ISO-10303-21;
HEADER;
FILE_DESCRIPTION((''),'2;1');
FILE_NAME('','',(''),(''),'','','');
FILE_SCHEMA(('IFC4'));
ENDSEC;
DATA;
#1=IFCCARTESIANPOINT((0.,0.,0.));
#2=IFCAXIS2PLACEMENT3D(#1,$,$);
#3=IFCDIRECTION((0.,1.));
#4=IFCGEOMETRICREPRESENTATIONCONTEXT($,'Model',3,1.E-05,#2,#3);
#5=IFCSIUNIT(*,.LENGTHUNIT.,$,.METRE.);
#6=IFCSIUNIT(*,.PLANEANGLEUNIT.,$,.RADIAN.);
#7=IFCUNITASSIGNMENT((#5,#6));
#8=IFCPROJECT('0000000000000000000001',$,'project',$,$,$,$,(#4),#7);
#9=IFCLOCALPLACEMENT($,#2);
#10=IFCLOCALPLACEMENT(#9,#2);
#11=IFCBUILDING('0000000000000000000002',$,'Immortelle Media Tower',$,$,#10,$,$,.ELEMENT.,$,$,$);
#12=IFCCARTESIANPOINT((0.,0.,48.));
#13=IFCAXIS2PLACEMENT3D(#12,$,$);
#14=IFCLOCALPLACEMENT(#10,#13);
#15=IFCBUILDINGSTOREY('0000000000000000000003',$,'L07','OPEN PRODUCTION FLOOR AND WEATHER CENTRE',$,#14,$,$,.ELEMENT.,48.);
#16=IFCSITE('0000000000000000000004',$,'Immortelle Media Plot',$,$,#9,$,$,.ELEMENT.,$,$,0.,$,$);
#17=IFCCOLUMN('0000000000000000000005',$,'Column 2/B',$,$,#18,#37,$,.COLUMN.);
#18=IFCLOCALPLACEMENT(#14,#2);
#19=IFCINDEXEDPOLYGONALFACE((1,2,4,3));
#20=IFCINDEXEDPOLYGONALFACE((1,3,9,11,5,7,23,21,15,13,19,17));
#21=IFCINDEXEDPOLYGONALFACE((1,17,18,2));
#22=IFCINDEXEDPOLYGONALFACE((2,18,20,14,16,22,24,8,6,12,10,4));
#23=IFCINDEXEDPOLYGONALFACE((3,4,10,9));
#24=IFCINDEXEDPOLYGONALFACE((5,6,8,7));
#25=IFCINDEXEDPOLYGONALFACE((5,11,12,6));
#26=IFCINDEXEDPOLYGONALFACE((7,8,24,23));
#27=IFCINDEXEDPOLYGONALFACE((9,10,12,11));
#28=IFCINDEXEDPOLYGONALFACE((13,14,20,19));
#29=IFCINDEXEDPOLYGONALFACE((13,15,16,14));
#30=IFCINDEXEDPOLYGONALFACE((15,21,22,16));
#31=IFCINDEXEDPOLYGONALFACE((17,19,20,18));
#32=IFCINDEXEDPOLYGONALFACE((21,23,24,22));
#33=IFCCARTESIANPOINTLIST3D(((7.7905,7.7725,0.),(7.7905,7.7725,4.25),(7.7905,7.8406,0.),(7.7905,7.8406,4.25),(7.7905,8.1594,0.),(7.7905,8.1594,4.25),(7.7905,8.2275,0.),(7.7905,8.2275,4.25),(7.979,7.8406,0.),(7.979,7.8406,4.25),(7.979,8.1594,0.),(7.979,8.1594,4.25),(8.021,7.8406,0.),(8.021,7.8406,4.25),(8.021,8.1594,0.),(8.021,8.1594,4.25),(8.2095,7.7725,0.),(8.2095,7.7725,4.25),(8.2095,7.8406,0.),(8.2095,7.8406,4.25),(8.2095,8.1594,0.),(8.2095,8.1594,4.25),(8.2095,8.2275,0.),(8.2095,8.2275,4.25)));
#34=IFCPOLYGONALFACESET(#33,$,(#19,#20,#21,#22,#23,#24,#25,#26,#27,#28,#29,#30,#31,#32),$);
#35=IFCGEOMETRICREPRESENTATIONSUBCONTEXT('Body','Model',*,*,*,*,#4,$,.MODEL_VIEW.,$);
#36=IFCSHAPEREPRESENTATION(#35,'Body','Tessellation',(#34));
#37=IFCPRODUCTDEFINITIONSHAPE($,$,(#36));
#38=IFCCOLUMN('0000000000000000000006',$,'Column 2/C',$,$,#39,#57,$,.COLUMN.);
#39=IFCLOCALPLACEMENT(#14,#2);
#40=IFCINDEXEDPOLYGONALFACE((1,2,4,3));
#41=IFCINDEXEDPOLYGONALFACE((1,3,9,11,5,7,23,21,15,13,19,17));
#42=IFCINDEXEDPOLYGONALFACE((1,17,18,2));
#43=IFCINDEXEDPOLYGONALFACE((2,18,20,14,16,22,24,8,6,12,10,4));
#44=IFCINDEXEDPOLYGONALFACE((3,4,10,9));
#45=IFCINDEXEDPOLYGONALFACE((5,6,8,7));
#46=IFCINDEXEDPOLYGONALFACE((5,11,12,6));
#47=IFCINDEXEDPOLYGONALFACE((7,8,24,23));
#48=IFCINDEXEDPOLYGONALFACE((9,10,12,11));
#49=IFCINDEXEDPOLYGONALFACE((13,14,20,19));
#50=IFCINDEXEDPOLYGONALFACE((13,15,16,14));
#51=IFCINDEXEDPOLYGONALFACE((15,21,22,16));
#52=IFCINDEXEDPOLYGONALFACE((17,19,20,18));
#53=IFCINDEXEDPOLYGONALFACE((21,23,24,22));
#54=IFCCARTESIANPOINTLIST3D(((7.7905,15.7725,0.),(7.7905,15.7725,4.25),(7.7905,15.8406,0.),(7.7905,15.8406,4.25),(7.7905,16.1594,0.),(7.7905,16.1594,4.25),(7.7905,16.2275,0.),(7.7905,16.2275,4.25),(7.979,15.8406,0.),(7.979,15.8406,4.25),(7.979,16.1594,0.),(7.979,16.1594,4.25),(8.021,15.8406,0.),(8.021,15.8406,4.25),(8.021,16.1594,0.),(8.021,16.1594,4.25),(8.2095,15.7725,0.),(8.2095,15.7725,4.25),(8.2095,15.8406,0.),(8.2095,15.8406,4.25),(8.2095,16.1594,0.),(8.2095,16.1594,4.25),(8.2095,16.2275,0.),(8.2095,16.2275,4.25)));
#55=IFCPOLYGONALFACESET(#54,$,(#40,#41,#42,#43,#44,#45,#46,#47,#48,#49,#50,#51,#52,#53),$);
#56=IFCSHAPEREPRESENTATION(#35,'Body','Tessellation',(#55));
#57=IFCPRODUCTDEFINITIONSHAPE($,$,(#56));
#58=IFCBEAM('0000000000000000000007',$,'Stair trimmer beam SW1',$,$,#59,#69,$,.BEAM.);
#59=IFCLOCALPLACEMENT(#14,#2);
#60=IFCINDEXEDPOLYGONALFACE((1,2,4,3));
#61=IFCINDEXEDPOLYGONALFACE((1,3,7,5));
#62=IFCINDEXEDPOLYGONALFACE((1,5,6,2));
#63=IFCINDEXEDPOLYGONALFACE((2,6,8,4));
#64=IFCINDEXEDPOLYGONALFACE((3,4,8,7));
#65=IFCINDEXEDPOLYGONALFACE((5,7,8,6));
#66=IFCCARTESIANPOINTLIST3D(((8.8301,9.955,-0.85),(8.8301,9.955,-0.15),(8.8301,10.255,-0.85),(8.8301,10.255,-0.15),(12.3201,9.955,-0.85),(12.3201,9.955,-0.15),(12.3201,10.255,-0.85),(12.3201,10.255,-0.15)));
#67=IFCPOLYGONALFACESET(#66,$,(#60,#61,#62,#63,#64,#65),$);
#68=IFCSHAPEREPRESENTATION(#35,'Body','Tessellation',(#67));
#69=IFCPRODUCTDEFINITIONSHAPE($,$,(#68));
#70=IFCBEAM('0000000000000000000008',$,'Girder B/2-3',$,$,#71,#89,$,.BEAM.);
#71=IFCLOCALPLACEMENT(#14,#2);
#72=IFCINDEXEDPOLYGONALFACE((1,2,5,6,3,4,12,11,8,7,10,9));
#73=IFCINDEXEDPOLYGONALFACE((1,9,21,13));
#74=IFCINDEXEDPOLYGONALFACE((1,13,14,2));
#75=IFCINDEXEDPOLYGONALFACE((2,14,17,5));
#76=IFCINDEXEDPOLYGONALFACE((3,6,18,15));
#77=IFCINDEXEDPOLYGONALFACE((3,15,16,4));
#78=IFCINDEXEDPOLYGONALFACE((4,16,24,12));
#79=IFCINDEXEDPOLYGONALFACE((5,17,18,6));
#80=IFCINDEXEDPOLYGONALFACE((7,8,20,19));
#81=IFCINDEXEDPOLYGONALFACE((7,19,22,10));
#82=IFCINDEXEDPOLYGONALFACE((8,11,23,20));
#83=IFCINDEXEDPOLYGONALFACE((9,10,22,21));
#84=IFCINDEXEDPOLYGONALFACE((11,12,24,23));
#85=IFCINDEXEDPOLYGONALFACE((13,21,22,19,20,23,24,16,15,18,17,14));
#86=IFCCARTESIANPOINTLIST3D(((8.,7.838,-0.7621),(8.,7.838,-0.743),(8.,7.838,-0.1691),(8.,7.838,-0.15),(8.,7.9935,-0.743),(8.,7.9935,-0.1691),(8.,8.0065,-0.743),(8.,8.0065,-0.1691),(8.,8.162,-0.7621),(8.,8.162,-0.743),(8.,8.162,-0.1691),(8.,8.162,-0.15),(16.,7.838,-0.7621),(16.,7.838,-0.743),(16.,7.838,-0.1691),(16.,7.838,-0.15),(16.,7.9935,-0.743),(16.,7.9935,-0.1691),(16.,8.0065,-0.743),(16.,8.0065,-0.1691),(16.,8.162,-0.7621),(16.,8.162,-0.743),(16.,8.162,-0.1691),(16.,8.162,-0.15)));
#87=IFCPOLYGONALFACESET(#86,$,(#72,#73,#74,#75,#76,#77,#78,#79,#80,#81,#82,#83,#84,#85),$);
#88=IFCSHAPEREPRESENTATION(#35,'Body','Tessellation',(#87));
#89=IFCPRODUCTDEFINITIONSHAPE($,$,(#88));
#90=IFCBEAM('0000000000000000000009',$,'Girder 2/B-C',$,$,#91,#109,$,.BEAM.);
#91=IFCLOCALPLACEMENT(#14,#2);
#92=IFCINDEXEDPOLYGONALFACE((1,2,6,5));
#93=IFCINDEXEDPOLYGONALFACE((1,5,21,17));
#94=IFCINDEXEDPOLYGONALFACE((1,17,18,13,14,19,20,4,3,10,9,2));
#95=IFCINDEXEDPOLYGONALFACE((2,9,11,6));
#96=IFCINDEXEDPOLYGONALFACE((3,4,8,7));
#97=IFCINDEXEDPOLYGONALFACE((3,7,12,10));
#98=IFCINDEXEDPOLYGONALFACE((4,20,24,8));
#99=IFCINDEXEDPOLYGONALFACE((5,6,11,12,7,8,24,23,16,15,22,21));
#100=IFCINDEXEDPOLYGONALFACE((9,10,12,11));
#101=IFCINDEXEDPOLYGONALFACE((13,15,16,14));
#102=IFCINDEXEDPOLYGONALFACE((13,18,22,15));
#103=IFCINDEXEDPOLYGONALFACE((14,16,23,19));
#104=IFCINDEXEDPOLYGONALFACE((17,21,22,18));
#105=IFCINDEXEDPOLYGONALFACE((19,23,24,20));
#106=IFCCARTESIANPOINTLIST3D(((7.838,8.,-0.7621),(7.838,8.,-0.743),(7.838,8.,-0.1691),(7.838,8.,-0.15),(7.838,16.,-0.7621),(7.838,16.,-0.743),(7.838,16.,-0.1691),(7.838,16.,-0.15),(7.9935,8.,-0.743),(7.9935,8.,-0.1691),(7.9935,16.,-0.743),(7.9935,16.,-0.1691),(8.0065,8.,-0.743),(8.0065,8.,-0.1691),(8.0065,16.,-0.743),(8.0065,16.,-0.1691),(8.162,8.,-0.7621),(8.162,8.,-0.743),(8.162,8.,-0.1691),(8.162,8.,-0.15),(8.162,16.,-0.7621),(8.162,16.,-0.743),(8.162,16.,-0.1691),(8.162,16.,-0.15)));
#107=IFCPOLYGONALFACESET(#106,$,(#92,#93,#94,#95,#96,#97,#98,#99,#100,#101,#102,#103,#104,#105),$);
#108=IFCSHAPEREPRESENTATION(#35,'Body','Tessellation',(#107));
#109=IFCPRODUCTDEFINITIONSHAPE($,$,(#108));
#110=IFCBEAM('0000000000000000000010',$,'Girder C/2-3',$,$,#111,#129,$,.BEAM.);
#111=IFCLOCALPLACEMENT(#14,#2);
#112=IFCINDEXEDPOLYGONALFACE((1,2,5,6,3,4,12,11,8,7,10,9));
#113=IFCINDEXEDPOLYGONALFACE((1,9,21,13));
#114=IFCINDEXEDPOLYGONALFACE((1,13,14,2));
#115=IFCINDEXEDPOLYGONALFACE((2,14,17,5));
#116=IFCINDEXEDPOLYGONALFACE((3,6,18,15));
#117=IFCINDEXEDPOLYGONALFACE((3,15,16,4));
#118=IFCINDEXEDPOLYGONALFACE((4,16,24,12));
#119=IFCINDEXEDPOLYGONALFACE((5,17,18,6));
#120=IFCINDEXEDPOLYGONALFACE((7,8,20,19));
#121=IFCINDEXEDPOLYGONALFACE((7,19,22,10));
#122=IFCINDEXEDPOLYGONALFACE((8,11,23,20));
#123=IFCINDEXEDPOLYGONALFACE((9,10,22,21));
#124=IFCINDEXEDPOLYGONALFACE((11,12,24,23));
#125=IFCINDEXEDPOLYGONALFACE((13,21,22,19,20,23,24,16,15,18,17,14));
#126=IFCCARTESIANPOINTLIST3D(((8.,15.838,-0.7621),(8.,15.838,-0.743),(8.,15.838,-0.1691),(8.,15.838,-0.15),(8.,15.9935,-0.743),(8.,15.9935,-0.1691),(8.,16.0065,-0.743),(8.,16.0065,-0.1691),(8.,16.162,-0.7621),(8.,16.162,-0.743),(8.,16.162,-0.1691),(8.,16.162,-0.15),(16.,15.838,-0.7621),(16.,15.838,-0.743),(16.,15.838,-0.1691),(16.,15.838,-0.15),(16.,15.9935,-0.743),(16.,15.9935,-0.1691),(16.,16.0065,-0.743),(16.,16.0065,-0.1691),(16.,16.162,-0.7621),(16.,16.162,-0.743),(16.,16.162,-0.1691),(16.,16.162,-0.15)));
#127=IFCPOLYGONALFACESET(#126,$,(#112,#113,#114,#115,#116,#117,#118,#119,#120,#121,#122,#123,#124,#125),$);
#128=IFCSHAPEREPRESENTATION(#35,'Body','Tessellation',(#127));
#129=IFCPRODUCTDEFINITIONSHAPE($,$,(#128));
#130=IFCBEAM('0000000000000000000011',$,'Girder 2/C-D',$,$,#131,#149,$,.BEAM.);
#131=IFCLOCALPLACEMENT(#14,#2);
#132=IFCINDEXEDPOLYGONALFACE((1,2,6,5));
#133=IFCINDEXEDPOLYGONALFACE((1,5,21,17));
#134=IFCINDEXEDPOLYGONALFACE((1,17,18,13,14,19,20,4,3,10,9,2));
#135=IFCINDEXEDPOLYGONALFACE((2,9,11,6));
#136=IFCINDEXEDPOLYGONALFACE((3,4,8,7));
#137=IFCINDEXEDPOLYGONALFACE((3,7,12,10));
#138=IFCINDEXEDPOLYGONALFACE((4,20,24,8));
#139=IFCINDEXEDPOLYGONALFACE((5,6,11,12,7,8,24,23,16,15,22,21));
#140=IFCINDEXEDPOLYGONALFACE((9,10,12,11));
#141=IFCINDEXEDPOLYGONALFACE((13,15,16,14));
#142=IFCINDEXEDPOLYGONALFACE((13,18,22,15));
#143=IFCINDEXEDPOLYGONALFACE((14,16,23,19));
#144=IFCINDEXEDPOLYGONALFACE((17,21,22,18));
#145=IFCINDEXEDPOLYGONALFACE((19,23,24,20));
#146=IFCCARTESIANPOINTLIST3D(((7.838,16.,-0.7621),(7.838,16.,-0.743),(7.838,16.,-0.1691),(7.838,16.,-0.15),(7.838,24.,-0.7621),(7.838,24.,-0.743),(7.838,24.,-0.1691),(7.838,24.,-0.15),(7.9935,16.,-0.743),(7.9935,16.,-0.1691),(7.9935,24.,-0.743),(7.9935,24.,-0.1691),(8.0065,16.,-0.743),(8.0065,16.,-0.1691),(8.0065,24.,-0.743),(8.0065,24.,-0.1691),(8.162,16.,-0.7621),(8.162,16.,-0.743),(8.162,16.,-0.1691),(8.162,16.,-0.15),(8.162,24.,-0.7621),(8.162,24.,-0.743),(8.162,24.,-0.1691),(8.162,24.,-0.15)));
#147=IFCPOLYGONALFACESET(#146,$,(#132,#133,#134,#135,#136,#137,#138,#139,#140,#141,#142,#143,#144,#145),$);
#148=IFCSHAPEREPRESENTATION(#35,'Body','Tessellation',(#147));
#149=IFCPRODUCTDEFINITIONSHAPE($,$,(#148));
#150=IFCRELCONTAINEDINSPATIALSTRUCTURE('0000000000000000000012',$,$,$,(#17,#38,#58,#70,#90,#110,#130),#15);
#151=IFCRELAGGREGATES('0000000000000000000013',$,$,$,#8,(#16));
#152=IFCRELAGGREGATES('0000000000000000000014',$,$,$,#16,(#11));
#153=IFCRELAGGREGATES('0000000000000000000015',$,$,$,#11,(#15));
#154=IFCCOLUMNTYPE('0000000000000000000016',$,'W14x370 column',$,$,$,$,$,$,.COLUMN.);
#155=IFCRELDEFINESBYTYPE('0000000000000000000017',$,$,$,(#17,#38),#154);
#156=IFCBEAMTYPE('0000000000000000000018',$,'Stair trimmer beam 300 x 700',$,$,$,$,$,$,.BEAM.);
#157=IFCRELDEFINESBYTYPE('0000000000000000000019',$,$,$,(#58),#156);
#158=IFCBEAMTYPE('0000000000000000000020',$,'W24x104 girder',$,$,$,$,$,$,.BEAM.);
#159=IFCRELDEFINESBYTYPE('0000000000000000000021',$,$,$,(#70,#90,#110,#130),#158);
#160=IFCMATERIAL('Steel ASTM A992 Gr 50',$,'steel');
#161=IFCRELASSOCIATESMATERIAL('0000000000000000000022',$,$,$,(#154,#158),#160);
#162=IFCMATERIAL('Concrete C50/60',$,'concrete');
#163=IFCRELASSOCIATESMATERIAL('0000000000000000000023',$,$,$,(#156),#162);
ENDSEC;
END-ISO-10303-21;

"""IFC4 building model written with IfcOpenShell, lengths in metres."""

from ifc_helpers import new_model, si_unit, direction, frame, origin, origin_2d, place, context, subcontext, project, spatial, rectangle, i_section, extrude, material, material_profile, profile_set, type_object, element, save


model = new_model("IFC4")

# Units and contexts
model_context = context("Model", 3, precision=1e-05, world=origin(), true_north=direction((0.0, 1.0)))
body_context = subcontext(model_context, "Body", "Model", "MODEL_VIEW")
ifc_project = project(units=[si_unit("LENGTHUNIT", "METRE"), si_unit("PLANEANGLEUNIT", "RADIAN")], contexts=[model_context])

# Site, building, storey
site_placement = place(None, origin())
site = spatial("IfcSite", under=ifc_project, at=site_placement, Name="Immortelle Media Plot", CompositionType="ELEMENT", RefElevation=0.0)
building_placement = place(site_placement, origin())
building = spatial("IfcBuilding", under=site, at=building_placement, Name="Immortelle Media Tower", CompositionType="ELEMENT")
storey_placement = place(building_placement, frame((0.0, 0.0, 48.0)))
storey = spatial("IfcBuildingStorey", under=building, at=storey_placement, Name="L07", Description="OPEN PRODUCTION FLOOR AND WEATHER CENTRE", CompositionType="ELEMENT", Elevation=48.0)

# Columns
ifc_material_1 = material(Name="Steel ASTM A992 Gr 50", Category="steel")
ifc_material_profile_1 = material_profile(ifc_material_1, i_section(OverallWidth=0.4189, OverallDepth=0.4551, WebThickness=0.042, FlangeThickness=0.0681, at=origin_2d()), Name="W14x370")
ifc_profile_set_1 = profile_set([ifc_material_profile_1], Name="Steel ASTM A992 Gr 50")
column_type = type_object("IfcColumnType", Name="W14x370 column", PredefinedType="COLUMN", material=ifc_profile_set_1)
for number, where, z_axis, x_axis, name in (
    (1, (8.0, 8.0, 0.0), (0.0, 0.0, 1.0), (1.0, 0.0, 0.0), "Column 2/B"),
    (2, (8.0, 16.0, 0.0), (0.0, 0.0, 1.0), (1.0, 0.0, 0.0), "Column 2/C"),
):
    element("IfcColumn", number, at=place(storey_placement, frame(where, z_axis=z_axis, x_axis=x_axis)), inside=storey, type_object=column_type, Name=name, PredefinedType="COLUMN", context=body_context, shape_type="SweptSolid", body=[
        extrude(i_section(OverallWidth=0.4189, OverallDepth=0.4551, WebThickness=0.042, FlangeThickness=0.0681, at=origin_2d()), origin(), (0.0, 0.0, 1.0), 4.25),
    ])

# Beams
ifc_material_2 = material(Name="Concrete C50/60", Category="concrete")
ifc_material_profile_2 = material_profile(ifc_material_2, rectangle(XDim=0.3, YDim=0.7, at=origin_2d()), Name="RC 300x700")
ifc_profile_set_2 = profile_set([ifc_material_profile_2], Name="Concrete C50/60")
beam_type_1 = type_object("IfcBeamType", Name="Stair trimmer beam 300 x 700", PredefinedType="BEAM", material=ifc_profile_set_2)
beam_placement = place(storey_placement, frame((8.8301, 10.105, -0.5), z_axis=(1.0, 0.0, 0.0), x_axis=(0.0, 1.0, 0.0)))
element("IfcBeam", 3, at=beam_placement, inside=storey, type_object=beam_type_1, Name="Stair trimmer beam SW1", PredefinedType="BEAM", context=body_context, shape_type="SweptSolid", body=[
    extrude(rectangle(XDim=0.3, YDim=0.7, at=origin_2d()), origin(), (0.0, 0.0, 1.0), 3.49),
])
ifc_material_profile_3 = material_profile(ifc_material_1, i_section(OverallWidth=0.324, OverallDepth=0.6121, WebThickness=0.0129, FlangeThickness=0.019, at=origin_2d()), Name="W24x104")
ifc_profile_set_3 = profile_set([ifc_material_profile_3], Name="Steel ASTM A992 Gr 50")
beam_type_2 = type_object("IfcBeamType", Name="W24x104 girder", PredefinedType="BEAM", material=ifc_profile_set_3)
for number, where, z_axis, x_axis, name in (
    (4, (8.0, 8.0, -0.4561), (1.0, 0.0, 0.0), (0.0, 1.0, 0.0), "Girder B/2-3"),
    (5, (8.0, 8.0, -0.4561), (0.0, 1.0, 0.0), (-1.0, 0.0, 0.0), "Girder 2/B-C"),
    (6, (8.0, 16.0, -0.4561), (1.0, 0.0, 0.0), (0.0, 1.0, 0.0), "Girder C/2-3"),
    (7, (8.0, 16.0, -0.4561), (0.0, 1.0, 0.0), (-1.0, 0.0, 0.0), "Girder 2/C-D"),
):
    element("IfcBeam", number, at=place(storey_placement, frame(where, z_axis=z_axis, x_axis=x_axis)), inside=storey, type_object=beam_type_2, Name=name, PredefinedType="BEAM", context=body_context, shape_type="SweptSolid", body=[
        extrude(i_section(OverallWidth=0.324, OverallDepth=0.6121, WebThickness=0.0129, FlangeThickness=0.019, at=origin_2d()), origin(), (0.0, 0.0, 1.0), 8.0),
    ])

save(model, "model.ifc")
